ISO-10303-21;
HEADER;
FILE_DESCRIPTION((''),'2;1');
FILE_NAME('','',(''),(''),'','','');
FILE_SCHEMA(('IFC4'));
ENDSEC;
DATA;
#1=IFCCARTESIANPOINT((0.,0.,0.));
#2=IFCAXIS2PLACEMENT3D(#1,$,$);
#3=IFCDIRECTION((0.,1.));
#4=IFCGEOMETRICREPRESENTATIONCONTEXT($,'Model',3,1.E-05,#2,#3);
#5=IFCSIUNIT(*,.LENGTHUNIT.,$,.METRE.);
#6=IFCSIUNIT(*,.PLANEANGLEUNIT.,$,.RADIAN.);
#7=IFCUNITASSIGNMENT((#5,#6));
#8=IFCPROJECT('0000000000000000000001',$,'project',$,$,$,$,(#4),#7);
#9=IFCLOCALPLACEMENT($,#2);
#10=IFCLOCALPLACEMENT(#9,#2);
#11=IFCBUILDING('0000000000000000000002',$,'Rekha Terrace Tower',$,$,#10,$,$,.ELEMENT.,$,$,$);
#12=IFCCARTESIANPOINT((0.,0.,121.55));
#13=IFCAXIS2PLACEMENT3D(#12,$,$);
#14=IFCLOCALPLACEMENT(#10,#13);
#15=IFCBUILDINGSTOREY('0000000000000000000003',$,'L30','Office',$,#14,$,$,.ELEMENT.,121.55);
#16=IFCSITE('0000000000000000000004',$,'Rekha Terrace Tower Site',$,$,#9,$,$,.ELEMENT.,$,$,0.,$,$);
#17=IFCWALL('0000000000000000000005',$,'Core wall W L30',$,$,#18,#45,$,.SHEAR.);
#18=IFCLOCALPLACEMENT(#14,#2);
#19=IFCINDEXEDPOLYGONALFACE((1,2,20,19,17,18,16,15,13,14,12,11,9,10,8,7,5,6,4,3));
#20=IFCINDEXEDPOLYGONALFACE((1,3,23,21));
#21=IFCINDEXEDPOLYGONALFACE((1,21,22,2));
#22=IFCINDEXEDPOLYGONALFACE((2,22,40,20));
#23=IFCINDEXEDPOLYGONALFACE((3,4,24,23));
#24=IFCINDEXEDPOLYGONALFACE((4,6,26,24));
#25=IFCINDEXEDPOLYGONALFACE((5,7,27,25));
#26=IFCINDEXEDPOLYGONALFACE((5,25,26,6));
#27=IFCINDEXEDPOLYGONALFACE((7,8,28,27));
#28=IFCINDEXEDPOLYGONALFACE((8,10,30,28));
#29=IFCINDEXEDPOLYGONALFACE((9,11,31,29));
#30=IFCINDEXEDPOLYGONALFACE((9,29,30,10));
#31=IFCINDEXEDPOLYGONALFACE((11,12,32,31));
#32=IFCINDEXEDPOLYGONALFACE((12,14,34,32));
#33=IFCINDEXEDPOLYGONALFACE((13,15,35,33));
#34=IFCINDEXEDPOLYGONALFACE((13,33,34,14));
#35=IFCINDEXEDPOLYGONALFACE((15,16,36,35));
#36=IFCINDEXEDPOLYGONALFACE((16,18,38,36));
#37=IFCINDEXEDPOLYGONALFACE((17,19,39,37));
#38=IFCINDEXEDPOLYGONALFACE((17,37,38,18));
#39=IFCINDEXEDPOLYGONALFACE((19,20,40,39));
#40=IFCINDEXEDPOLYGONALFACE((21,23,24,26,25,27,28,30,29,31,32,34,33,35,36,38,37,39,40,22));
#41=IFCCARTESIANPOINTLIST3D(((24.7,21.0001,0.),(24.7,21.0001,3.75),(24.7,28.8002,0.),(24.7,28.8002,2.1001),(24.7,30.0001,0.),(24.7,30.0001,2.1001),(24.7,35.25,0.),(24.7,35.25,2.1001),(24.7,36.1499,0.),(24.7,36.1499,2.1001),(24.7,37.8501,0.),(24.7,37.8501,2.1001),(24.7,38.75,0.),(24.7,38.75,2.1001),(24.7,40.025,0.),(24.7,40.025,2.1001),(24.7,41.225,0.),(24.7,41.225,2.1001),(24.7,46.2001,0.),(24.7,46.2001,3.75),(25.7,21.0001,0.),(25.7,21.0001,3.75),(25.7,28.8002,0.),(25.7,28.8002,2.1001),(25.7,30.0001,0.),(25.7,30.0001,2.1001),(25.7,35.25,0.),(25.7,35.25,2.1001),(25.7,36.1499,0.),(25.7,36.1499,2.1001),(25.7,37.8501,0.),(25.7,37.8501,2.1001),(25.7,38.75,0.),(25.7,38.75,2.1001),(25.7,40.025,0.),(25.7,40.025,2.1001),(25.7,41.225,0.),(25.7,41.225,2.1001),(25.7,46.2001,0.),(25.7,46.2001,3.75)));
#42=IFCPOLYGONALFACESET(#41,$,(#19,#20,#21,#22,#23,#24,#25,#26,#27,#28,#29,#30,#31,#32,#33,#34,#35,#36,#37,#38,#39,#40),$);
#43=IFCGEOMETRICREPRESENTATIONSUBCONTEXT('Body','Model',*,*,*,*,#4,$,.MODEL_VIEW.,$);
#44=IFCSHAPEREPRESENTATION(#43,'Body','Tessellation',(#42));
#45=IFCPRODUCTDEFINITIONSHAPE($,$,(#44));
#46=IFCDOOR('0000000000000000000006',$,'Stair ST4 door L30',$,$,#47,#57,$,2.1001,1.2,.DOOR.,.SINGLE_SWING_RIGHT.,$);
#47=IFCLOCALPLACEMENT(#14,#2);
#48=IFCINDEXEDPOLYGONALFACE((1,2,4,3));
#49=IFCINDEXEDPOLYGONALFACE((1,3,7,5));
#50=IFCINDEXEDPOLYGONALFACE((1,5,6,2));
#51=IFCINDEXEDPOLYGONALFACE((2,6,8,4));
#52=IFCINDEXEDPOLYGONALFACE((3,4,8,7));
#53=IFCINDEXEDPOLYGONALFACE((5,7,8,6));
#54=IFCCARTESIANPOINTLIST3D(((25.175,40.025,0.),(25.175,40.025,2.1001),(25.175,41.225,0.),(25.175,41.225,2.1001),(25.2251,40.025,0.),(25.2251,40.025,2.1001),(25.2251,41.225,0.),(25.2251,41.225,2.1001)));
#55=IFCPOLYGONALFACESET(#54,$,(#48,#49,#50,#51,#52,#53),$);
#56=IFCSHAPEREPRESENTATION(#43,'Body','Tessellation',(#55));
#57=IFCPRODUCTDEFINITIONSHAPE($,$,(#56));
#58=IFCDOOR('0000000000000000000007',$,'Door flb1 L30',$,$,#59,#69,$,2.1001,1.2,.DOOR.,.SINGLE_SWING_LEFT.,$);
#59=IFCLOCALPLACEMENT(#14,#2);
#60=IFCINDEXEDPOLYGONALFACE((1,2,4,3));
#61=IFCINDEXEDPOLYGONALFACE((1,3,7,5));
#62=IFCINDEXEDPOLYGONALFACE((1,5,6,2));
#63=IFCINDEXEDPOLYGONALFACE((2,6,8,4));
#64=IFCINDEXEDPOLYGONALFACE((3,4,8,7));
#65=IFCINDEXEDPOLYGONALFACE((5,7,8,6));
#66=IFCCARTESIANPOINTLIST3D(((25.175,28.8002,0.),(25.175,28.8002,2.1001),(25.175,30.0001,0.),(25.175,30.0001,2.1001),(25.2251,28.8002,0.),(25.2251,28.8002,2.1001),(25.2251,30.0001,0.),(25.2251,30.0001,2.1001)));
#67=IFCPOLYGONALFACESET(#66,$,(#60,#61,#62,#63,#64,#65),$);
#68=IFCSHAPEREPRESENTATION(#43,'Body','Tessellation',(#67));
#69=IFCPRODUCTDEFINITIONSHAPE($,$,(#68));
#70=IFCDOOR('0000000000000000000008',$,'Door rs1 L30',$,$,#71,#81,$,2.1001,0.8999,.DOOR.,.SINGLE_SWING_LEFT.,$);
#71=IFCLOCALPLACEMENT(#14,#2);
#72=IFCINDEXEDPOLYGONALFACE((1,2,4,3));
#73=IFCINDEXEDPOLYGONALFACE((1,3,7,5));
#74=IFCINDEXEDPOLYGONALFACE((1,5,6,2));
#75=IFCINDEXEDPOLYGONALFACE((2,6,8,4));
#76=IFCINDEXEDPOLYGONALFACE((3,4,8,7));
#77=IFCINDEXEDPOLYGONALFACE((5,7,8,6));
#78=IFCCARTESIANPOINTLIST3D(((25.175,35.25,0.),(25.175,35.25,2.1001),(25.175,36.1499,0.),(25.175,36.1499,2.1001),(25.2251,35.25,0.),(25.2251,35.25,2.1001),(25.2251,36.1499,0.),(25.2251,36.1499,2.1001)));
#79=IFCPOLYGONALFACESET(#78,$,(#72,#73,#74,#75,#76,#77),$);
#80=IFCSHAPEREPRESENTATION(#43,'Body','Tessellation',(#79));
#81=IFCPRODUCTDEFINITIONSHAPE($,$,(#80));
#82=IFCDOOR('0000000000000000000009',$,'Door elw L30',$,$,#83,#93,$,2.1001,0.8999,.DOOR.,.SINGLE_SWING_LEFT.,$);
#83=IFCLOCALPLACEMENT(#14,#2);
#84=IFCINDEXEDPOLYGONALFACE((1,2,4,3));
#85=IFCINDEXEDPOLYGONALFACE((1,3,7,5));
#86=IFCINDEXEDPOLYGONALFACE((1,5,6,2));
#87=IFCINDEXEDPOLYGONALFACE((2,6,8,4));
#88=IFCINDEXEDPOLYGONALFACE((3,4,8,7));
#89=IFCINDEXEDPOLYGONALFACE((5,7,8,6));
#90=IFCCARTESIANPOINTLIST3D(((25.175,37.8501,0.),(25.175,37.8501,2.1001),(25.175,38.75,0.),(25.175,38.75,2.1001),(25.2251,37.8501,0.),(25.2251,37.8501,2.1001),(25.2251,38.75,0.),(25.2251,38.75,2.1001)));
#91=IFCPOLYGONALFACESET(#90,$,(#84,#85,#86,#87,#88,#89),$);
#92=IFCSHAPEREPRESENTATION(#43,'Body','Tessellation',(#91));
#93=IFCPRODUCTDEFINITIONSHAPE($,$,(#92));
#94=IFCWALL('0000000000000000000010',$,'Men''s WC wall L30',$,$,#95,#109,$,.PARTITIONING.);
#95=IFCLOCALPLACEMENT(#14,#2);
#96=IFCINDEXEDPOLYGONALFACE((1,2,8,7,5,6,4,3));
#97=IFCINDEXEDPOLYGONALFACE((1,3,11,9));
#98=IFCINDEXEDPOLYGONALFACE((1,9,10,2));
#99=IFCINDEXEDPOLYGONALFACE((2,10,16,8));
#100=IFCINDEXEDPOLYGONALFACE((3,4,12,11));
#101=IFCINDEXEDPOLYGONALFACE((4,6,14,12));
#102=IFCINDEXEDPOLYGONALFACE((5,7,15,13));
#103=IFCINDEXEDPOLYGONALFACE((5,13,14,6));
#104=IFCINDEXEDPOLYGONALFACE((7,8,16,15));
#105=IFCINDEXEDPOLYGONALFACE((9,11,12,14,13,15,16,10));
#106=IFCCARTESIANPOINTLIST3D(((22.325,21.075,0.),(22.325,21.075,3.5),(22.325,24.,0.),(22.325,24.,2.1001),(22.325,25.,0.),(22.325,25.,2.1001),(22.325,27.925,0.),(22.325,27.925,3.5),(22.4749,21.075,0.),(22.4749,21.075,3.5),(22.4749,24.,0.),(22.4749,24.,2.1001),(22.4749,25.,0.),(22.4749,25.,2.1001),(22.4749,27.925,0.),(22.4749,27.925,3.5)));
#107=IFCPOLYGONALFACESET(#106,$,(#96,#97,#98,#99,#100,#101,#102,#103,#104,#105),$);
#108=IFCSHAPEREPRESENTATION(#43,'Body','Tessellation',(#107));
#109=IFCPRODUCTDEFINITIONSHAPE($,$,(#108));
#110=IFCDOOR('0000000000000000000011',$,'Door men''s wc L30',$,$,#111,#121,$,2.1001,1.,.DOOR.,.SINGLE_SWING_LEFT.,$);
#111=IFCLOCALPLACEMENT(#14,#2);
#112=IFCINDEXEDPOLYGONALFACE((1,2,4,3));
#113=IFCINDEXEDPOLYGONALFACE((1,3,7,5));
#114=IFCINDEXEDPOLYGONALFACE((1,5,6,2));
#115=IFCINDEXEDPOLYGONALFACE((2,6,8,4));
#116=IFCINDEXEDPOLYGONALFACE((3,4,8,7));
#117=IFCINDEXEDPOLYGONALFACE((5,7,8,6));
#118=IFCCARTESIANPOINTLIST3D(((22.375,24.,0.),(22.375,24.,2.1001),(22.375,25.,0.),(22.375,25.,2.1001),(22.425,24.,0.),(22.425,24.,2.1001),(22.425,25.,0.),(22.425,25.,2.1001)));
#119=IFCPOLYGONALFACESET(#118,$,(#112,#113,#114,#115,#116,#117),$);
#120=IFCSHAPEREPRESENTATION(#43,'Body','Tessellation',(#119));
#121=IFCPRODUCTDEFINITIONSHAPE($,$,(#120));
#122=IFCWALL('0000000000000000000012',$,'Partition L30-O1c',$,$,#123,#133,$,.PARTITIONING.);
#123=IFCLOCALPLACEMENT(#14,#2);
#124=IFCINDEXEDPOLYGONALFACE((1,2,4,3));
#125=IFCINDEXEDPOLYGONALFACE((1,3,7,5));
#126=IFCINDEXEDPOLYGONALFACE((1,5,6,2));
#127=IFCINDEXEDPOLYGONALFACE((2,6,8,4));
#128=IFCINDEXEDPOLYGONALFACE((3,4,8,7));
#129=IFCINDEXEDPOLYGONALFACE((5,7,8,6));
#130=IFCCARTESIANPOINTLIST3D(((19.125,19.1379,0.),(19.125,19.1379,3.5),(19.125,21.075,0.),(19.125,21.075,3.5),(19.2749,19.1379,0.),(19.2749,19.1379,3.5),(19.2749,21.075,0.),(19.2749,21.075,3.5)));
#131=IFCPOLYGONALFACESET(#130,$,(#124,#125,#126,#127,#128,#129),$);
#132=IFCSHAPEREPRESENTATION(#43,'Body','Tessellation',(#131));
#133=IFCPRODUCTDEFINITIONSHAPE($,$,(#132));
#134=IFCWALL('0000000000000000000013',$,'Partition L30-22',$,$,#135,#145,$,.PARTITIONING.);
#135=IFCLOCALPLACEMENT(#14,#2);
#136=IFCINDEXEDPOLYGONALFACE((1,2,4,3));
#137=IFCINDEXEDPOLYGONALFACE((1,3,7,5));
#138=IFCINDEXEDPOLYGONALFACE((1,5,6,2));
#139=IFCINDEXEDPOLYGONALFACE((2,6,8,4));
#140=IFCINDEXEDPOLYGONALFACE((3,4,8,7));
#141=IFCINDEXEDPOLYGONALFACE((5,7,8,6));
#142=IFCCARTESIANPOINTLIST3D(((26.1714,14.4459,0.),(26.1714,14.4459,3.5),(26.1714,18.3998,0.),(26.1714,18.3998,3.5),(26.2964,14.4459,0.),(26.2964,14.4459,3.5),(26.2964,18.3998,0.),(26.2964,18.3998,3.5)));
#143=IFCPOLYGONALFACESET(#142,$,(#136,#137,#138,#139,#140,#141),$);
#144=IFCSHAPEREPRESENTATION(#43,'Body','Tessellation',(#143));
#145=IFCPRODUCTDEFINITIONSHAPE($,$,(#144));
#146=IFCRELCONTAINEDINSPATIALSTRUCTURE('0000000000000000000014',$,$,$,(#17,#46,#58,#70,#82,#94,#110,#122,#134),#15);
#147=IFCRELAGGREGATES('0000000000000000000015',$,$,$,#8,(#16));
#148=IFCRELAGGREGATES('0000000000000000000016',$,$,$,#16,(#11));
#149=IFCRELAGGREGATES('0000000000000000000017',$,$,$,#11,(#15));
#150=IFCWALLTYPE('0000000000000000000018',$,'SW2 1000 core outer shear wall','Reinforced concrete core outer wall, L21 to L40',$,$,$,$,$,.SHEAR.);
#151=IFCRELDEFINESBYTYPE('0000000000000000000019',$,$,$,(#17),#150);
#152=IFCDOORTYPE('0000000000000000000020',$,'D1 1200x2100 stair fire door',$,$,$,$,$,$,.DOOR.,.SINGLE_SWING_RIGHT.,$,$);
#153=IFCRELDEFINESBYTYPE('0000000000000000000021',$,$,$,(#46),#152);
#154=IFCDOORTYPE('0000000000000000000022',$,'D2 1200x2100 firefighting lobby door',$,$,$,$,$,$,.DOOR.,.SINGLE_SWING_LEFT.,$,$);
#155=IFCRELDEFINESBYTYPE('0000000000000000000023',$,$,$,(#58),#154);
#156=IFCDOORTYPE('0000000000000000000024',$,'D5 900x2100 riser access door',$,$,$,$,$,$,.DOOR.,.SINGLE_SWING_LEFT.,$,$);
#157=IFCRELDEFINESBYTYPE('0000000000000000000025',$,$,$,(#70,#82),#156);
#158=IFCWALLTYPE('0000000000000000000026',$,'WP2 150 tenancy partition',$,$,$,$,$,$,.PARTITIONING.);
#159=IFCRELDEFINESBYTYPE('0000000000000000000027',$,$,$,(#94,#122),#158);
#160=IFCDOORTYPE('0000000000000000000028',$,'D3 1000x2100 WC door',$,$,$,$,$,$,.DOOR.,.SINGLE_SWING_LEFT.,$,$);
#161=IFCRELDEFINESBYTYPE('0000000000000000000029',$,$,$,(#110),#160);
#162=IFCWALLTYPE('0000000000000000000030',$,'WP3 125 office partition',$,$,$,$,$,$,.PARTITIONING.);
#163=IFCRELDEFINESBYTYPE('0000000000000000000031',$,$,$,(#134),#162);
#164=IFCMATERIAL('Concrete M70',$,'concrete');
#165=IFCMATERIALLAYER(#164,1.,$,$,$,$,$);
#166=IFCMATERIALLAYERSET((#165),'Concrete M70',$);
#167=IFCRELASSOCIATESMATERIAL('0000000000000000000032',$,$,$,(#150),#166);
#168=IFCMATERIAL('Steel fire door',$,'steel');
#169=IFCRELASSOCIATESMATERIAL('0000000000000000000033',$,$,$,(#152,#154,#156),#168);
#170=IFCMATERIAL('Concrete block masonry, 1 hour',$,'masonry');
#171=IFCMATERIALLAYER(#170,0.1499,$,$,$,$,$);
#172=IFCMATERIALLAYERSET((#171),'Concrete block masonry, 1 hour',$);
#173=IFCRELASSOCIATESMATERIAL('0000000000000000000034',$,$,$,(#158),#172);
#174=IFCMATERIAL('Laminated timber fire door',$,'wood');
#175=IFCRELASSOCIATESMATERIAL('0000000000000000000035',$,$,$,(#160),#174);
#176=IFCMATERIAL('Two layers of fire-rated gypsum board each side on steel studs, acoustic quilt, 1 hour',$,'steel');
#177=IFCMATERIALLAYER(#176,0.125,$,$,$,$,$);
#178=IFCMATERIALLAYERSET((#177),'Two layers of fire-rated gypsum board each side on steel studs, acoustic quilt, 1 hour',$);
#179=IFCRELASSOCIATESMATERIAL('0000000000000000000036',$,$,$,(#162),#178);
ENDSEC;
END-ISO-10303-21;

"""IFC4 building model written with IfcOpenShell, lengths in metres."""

from ifc_helpers import new_model, si_unit, direction, frame, frame_2d, origin, place, context, subcontext, project, spatial, rectangle, extrude, material, layer, layer_set, type_object, element, fill, save


model = new_model("IFC4")

# Units and contexts
model_context = context("Model", 3, precision=1e-05, world=origin(), true_north=direction((0.0, 1.0)))
body_context = subcontext(model_context, "Body", "Model", "MODEL_VIEW")
ifc_project = project(units=[si_unit("LENGTHUNIT", "METRE"), si_unit("PLANEANGLEUNIT", "RADIAN")], contexts=[model_context])

# Site, building, storey
site_placement = place(None, origin())
site = spatial("IfcSite", under=ifc_project, at=site_placement, Name="Rekha Terrace Tower Site", CompositionType="ELEMENT", RefElevation=0.0)
building_placement = place(site_placement, origin())
building = spatial("IfcBuilding", under=site, at=building_placement, Name="Rekha Terrace Tower", CompositionType="ELEMENT")
storey_placement = place(building_placement, frame((0.0, 0.0, 121.55)))
storey = spatial("IfcBuildingStorey", under=building, at=storey_placement, Name="L30", Description="Office", CompositionType="ELEMENT", Elevation=121.55)

# Shared definitions
ifc_material_1 = material(Name="Concrete M70", Category="concrete")

# Shared definitions
ifc_layer_1 = layer(ifc_material_1, 1.0)
ifc_layer_set_1 = layer_set([ifc_layer_1], Name="Concrete M70")
wall_type_1 = type_object("IfcWallType", Name="SW2 1000 core outer shear wall", Description="Reinforced concrete core outer wall, L21 to L40", PredefinedType="SHEAR", material=ifc_layer_set_1)

# Wall, openings, doors
wall_1_placement = place(storey_placement, frame((25.2, 21.0, 0.0), z_axis=(0.0, 0.0, 1.0), x_axis=(0.0, 1.0, 0.0)))
wall_1 = element("IfcWall", 1, at=wall_1_placement, inside=storey, type_object=wall_type_1, Name="Core wall W L30", PredefinedType="SHEAR", context=body_context, shape_type="SweptSolid", body=[
    extrude(rectangle(XDim=25.2, YDim=1.0, at=frame_2d((12.6001, 0.0))), origin(), (0.0, 0.0, 1.0), 3.75),
])
opening_1_placement = place(wall_1_placement, frame((7.8, 0.0, 0.0)))
opening_1 = element("IfcOpeningElement", 2, at=opening_1_placement, cuts=wall_1, PredefinedType="OPENING", context=body_context, shape_type="SweptSolid", body=[
    extrude(rectangle(XDim=1.2, YDim=2.1001, at=frame_2d((0.6001, 1.05))), frame((0.0, 0.51, 0.0), z_axis=(0.0, -1.0, 0.0), x_axis=(1.0, 0.0, 0.0)), (0.0, 0.0, 1.0), 1.02),
])
opening_2_placement = place(wall_1_placement, frame((14.25, 0.0, 0.0)))
opening_2 = element("IfcOpeningElement", 3, at=opening_2_placement, cuts=wall_1, PredefinedType="OPENING", context=body_context, shape_type="SweptSolid", body=[
    extrude(rectangle(XDim=0.8999, YDim=2.1001, at=frame_2d((0.45, 1.05))), frame((0.0, 0.51, 0.0), z_axis=(0.0, -1.0, 0.0), x_axis=(1.0, 0.0, 0.0)), (0.0, 0.0, 1.0), 1.02),
])
opening_3_placement = place(wall_1_placement, frame((16.8501, 0.0, 0.0)))
opening_3 = element("IfcOpeningElement", 4, at=opening_3_placement, cuts=wall_1, PredefinedType="OPENING", context=body_context, shape_type="SweptSolid", body=[
    extrude(rectangle(XDim=0.8999, YDim=2.1001, at=frame_2d((0.45, 1.05))), frame((0.0, 0.51, 0.0), z_axis=(0.0, -1.0, 0.0), x_axis=(1.0, 0.0, 0.0)), (0.0, 0.0, 1.0), 1.02),
])
opening_4_placement = place(wall_1_placement, frame((19.0249, 0.0, 0.0)))
opening_4 = element("IfcOpeningElement", 5, at=opening_4_placement, cuts=wall_1, PredefinedType="OPENING", context=body_context, shape_type="SweptSolid", body=[
    extrude(rectangle(XDim=1.2, YDim=2.1001, at=frame_2d((0.6001, 1.05))), frame((0.0, 0.51, 0.0), z_axis=(0.0, -1.0, 0.0), x_axis=(1.0, 0.0, 0.0)), (0.0, 0.0, 1.0), 1.02),
])
ifc_material_2 = material(Name="Steel fire door", Category="steel")
door_type_1 = type_object("IfcDoorType", Name="D1 1200x2100 stair fire door", OperationType="SINGLE_SWING_RIGHT", PredefinedType="DOOR", material=ifc_material_2)
door_1_placement = place(opening_4_placement, origin())
door_1 = element("IfcDoor", 6, at=door_1_placement, inside=storey, type_object=door_type_1, Name="Stair ST4 door L30", OperationType="SINGLE_SWING_RIGHT", OverallHeight=2.1001, OverallWidth=1.2, PredefinedType="DOOR", context=body_context, shape_type="SweptSolid", body=[
    extrude(rectangle(XDim=1.2, YDim=2.1001, at=frame_2d((0.6001, 1.05))), frame((0.0, 0.0249, 0.0), z_axis=(0.0, -1.0, 0.0), x_axis=(1.0, 0.0, 0.0)), (0.0, 0.0, 1.0), 0.05),
])
fill(opening_4, door_1)
door_type_2 = type_object("IfcDoorType", Name="D2 1200x2100 firefighting lobby door", OperationType="SINGLE_SWING_LEFT", PredefinedType="DOOR", material=ifc_material_2)
door_2_placement = place(opening_1_placement, origin())
door_2 = element("IfcDoor", 7, at=door_2_placement, inside=storey, type_object=door_type_2, Name="Door flb1 L30", OperationType="SINGLE_SWING_LEFT", OverallHeight=2.1001, OverallWidth=1.2, PredefinedType="DOOR", context=body_context, shape_type="SweptSolid", body=[
    extrude(rectangle(XDim=1.2, YDim=2.1001, at=frame_2d((0.6001, 1.05))), frame((0.0, 0.0249, 0.0), z_axis=(0.0, -1.0, 0.0), x_axis=(1.0, 0.0, 0.0)), (0.0, 0.0, 1.0), 0.05),
])
fill(opening_1, door_2)
door_type_3 = type_object("IfcDoorType", Name="D5 900x2100 riser access door", OperationType="SINGLE_SWING_LEFT", PredefinedType="DOOR", material=ifc_material_2)
door_3_placement = place(opening_2_placement, origin())
door_3 = element("IfcDoor", 8, at=door_3_placement, inside=storey, type_object=door_type_3, Name="Door rs1 L30", OperationType="SINGLE_SWING_LEFT", OverallHeight=2.1001, OverallWidth=0.8999, PredefinedType="DOOR", context=body_context, shape_type="SweptSolid", body=[
    extrude(rectangle(XDim=0.8999, YDim=2.1001, at=frame_2d((0.45, 1.05))), frame((0.0, 0.0249, 0.0), z_axis=(0.0, -1.0, 0.0), x_axis=(1.0, 0.0, 0.0)), (0.0, 0.0, 1.0), 0.05),
])
fill(opening_2, door_3)
door_4_placement = place(opening_3_placement, origin())
door_4 = element("IfcDoor", 9, at=door_4_placement, inside=storey, type_object=door_type_3, Name="Door elw L30", OperationType="SINGLE_SWING_LEFT", OverallHeight=2.1001, OverallWidth=0.8999, PredefinedType="DOOR", context=body_context, shape_type="SweptSolid", body=[
    extrude(rectangle(XDim=0.8999, YDim=2.1001, at=frame_2d((0.45, 1.05))), frame((0.0, 0.0249, 0.0), z_axis=(0.0, -1.0, 0.0), x_axis=(1.0, 0.0, 0.0)), (0.0, 0.0, 1.0), 0.05),
])
fill(opening_3, door_4)

# Wall, opening, door
ifc_material_3 = material(Name="Concrete block masonry, 1 hour", Category="masonry")
ifc_layer_2 = layer(ifc_material_3, 0.1499)
ifc_layer_set_2 = layer_set([ifc_layer_2], Name="Concrete block masonry, 1 hour")
wall_type_2 = type_object("IfcWallType", Name="WP2 150 tenancy partition", PredefinedType="PARTITIONING", material=ifc_layer_set_2)
wall_2_placement = place(storey_placement, frame((22.3999, 21.075, 0.0), z_axis=(0.0, 0.0, 1.0), x_axis=(0.0, 1.0, 0.0)))
wall_2 = element("IfcWall", 10, at=wall_2_placement, inside=storey, type_object=wall_type_2, Name="Men's WC wall L30", PredefinedType="PARTITIONING", context=body_context, shape_type="SweptSolid", body=[
    extrude(rectangle(XDim=6.8501, YDim=0.1499, at=frame_2d((3.425, 0.0))), origin(), (0.0, 0.0, 1.0), 3.5),
])
opening_5_placement = place(wall_2_placement, frame((2.925, 0.0, 0.0)))
opening_5 = element("IfcOpeningElement", 11, at=opening_5_placement, cuts=wall_2, PredefinedType="OPENING", context=body_context, shape_type="SweptSolid", body=[
    extrude(rectangle(XDim=1.0, YDim=2.1001, at=frame_2d((0.5, 1.05))), frame((0.0, 0.085, 0.0), z_axis=(0.0, -1.0, 0.0), x_axis=(1.0, 0.0, 0.0)), (0.0, 0.0, 1.0), 0.1699),
])
ifc_material_4 = material(Name="Laminated timber fire door", Category="wood")
door_type_4 = type_object("IfcDoorType", Name="D3 1000x2100 WC door", OperationType="SINGLE_SWING_LEFT", PredefinedType="DOOR", material=ifc_material_4)
door_5_placement = place(opening_5_placement, origin())
door_5 = element("IfcDoor", 12, at=door_5_placement, inside=storey, type_object=door_type_4, Name="Door men's wc L30", OperationType="SINGLE_SWING_LEFT", OverallHeight=2.1001, OverallWidth=1.0, PredefinedType="DOOR", context=body_context, shape_type="SweptSolid", body=[
    extrude(rectangle(XDim=1.0, YDim=2.1001, at=frame_2d((0.5, 1.05))), frame((0.0, 0.0249, 0.0), z_axis=(0.0, -1.0, 0.0), x_axis=(1.0, 0.0, 0.0)), (0.0, 0.0, 1.0), 0.05),
])
fill(opening_5, door_5)

# Walls
wall_3_placement = place(storey_placement, frame((19.2, 21.075, 0.0), z_axis=(0.0, 0.0, 1.0), x_axis=(0.0, -1.0, 0.0)))
element("IfcWall", 13, at=wall_3_placement, inside=storey, type_object=wall_type_2, Name="Partition L30-O1c", PredefinedType="PARTITIONING", context=body_context, shape_type="SweptSolid", body=[
    extrude(rectangle(XDim=1.937, YDim=0.1499, at=frame_2d((0.9685, 0.0))), origin(), (0.0, 0.0, 1.0), 3.5),
])
ifc_material_5 = material(Name="Two layers of fire-rated gypsum board each side on steel studs, acoustic quilt, 1 hour", Category="steel")
ifc_layer_3 = layer(ifc_material_5, 0.125)
ifc_layer_set_3 = layer_set([ifc_layer_3], Name="Two layers of fire-rated gypsum board each side on steel studs, acoustic quilt, 1 hour")
wall_type_3 = type_object("IfcWallType", Name="WP3 125 office partition", PredefinedType="PARTITIONING", material=ifc_layer_set_3)
wall_4_placement = place(storey_placement, frame((26.2339, 18.3999, 0.0), z_axis=(0.0, 0.0, 1.0), x_axis=(0.0, -1.0, 0.0)))
element("IfcWall", 14, at=wall_4_placement, inside=storey, type_object=wall_type_3, Name="Partition L30-22", PredefinedType="PARTITIONING", context=body_context, shape_type="SweptSolid", body=[
    extrude(rectangle(XDim=3.9539, YDim=0.125, at=frame_2d((1.9771, 0.0))), origin(), (0.0, 0.0, 1.0), 3.5),
])

save(model, "model.ifc")
